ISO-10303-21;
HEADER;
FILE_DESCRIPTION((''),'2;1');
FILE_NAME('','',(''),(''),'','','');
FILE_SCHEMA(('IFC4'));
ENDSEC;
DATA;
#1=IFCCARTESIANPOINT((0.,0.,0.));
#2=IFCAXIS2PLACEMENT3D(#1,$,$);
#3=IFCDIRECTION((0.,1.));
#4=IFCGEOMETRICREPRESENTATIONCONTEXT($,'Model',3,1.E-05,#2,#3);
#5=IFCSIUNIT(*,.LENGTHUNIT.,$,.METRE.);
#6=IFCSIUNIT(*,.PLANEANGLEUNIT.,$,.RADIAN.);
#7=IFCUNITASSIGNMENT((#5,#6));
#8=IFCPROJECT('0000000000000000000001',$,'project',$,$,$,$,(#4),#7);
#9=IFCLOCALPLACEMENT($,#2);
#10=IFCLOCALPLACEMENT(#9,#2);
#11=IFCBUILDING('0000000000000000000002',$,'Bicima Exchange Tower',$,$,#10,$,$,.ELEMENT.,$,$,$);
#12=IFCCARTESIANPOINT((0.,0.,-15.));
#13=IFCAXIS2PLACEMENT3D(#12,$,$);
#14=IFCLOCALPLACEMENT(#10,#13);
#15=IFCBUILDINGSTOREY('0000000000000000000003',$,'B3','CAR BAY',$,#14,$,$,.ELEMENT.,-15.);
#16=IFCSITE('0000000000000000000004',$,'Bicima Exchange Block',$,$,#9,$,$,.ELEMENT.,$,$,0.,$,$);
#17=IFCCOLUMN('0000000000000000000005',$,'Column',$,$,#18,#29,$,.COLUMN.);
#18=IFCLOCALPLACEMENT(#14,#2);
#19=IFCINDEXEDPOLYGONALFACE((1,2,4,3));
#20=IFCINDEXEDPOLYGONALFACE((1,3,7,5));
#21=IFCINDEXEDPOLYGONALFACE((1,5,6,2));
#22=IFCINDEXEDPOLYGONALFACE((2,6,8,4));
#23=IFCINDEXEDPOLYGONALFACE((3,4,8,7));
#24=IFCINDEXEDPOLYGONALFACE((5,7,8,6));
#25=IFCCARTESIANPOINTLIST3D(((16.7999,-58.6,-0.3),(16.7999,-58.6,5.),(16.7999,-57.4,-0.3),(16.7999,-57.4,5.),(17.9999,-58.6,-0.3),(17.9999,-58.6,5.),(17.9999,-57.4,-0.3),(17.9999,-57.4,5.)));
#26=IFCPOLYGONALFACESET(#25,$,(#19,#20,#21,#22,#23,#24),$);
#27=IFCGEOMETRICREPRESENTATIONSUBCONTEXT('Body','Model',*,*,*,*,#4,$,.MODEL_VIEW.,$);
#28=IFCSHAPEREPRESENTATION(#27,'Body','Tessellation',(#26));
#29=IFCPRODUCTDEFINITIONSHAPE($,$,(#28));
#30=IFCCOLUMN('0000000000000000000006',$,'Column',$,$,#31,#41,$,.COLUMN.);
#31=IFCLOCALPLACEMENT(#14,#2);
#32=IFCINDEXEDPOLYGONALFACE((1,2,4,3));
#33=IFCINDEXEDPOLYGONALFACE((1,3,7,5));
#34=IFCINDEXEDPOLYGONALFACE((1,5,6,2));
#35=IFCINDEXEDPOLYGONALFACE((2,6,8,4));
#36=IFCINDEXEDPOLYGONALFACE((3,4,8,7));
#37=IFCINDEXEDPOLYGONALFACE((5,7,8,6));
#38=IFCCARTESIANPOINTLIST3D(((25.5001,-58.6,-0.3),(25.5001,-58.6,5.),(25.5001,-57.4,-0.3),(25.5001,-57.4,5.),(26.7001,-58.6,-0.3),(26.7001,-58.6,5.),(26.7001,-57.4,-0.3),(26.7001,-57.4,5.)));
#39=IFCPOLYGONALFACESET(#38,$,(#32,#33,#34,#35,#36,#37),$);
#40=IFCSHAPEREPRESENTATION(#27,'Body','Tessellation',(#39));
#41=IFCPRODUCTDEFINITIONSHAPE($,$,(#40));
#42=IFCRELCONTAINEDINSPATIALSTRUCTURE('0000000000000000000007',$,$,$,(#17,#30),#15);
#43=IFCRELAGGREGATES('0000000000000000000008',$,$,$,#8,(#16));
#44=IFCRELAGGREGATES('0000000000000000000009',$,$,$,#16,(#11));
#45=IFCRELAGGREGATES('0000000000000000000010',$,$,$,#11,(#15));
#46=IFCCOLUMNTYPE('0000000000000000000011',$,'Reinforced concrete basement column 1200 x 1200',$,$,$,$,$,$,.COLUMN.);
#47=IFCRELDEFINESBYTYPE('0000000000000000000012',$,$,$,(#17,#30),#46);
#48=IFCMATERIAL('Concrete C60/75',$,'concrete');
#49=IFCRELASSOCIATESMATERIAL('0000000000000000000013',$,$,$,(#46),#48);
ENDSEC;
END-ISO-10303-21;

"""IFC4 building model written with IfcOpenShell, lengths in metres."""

from ifc_helpers import new_model, si_unit, direction, frame, origin, origin_2d, place, context, subcontext, project, spatial, rectangle, extrude, material, material_profile, profile_set, type_object, element, save


model = new_model("IFC4")

# Units and contexts
model_context = context("Model", 3, precision=1e-05, world=origin(), true_north=direction((0.0, 1.0)))
body_context = subcontext(model_context, "Body", "Model", "MODEL_VIEW")
ifc_project = project(units=[si_unit("LENGTHUNIT", "METRE"), si_unit("PLANEANGLEUNIT", "RADIAN")], contexts=[model_context])

# Site, building, storey
site_placement = place(None, origin())
site = spatial("IfcSite", under=ifc_project, at=site_placement, Name="Bicima Exchange Block", CompositionType="ELEMENT", RefElevation=0.0)
building_placement = place(site_placement, origin())
building = spatial("IfcBuilding", under=site, at=building_placement, Name="Bicima Exchange Tower", CompositionType="ELEMENT")
storey_placement = place(building_placement, frame((0.0, 0.0, -15.0)))
storey = spatial("IfcBuildingStorey", under=building, at=storey_placement, Name="B3", Description="CAR BAY", CompositionType="ELEMENT", Elevation=-15.0)

# Columns
ifc_material_1 = material(Name="Concrete C60/75", Category="concrete")
ifc_material_profile_1 = material_profile(ifc_material_1, rectangle(XDim=1.2, YDim=1.2, at=origin_2d()))
ifc_profile_set_1 = profile_set([ifc_material_profile_1], Name="Concrete C60/75")
column_type = type_object("IfcColumnType", Name="Reinforced concrete basement column 1200 x 1200", PredefinedType="COLUMN", material=ifc_profile_set_1)
for number, where, z_axis, x_axis, name in (
    (1, (17.3999, -58.0, -0.3), (0.0, 0.0, 1.0), (1.0, 0.0, 0.0), "Column"),
    (2, (26.1001, -58.0, -0.3), (0.0, 0.0, 1.0), (1.0, 0.0, 0.0), "Column"),
):
    element("IfcColumn", number, at=place(storey_placement, frame(where, z_axis=z_axis, x_axis=x_axis)), inside=storey, type_object=column_type, Name=name, PredefinedType="COLUMN", context=body_context, shape_type="SweptSolid", body=[
        extrude(rectangle(XDim=1.2, YDim=1.2, at=origin_2d()), origin(), (0.0, 0.0, 1.0), 5.3),
    ])

save(model, "model.ifc")
